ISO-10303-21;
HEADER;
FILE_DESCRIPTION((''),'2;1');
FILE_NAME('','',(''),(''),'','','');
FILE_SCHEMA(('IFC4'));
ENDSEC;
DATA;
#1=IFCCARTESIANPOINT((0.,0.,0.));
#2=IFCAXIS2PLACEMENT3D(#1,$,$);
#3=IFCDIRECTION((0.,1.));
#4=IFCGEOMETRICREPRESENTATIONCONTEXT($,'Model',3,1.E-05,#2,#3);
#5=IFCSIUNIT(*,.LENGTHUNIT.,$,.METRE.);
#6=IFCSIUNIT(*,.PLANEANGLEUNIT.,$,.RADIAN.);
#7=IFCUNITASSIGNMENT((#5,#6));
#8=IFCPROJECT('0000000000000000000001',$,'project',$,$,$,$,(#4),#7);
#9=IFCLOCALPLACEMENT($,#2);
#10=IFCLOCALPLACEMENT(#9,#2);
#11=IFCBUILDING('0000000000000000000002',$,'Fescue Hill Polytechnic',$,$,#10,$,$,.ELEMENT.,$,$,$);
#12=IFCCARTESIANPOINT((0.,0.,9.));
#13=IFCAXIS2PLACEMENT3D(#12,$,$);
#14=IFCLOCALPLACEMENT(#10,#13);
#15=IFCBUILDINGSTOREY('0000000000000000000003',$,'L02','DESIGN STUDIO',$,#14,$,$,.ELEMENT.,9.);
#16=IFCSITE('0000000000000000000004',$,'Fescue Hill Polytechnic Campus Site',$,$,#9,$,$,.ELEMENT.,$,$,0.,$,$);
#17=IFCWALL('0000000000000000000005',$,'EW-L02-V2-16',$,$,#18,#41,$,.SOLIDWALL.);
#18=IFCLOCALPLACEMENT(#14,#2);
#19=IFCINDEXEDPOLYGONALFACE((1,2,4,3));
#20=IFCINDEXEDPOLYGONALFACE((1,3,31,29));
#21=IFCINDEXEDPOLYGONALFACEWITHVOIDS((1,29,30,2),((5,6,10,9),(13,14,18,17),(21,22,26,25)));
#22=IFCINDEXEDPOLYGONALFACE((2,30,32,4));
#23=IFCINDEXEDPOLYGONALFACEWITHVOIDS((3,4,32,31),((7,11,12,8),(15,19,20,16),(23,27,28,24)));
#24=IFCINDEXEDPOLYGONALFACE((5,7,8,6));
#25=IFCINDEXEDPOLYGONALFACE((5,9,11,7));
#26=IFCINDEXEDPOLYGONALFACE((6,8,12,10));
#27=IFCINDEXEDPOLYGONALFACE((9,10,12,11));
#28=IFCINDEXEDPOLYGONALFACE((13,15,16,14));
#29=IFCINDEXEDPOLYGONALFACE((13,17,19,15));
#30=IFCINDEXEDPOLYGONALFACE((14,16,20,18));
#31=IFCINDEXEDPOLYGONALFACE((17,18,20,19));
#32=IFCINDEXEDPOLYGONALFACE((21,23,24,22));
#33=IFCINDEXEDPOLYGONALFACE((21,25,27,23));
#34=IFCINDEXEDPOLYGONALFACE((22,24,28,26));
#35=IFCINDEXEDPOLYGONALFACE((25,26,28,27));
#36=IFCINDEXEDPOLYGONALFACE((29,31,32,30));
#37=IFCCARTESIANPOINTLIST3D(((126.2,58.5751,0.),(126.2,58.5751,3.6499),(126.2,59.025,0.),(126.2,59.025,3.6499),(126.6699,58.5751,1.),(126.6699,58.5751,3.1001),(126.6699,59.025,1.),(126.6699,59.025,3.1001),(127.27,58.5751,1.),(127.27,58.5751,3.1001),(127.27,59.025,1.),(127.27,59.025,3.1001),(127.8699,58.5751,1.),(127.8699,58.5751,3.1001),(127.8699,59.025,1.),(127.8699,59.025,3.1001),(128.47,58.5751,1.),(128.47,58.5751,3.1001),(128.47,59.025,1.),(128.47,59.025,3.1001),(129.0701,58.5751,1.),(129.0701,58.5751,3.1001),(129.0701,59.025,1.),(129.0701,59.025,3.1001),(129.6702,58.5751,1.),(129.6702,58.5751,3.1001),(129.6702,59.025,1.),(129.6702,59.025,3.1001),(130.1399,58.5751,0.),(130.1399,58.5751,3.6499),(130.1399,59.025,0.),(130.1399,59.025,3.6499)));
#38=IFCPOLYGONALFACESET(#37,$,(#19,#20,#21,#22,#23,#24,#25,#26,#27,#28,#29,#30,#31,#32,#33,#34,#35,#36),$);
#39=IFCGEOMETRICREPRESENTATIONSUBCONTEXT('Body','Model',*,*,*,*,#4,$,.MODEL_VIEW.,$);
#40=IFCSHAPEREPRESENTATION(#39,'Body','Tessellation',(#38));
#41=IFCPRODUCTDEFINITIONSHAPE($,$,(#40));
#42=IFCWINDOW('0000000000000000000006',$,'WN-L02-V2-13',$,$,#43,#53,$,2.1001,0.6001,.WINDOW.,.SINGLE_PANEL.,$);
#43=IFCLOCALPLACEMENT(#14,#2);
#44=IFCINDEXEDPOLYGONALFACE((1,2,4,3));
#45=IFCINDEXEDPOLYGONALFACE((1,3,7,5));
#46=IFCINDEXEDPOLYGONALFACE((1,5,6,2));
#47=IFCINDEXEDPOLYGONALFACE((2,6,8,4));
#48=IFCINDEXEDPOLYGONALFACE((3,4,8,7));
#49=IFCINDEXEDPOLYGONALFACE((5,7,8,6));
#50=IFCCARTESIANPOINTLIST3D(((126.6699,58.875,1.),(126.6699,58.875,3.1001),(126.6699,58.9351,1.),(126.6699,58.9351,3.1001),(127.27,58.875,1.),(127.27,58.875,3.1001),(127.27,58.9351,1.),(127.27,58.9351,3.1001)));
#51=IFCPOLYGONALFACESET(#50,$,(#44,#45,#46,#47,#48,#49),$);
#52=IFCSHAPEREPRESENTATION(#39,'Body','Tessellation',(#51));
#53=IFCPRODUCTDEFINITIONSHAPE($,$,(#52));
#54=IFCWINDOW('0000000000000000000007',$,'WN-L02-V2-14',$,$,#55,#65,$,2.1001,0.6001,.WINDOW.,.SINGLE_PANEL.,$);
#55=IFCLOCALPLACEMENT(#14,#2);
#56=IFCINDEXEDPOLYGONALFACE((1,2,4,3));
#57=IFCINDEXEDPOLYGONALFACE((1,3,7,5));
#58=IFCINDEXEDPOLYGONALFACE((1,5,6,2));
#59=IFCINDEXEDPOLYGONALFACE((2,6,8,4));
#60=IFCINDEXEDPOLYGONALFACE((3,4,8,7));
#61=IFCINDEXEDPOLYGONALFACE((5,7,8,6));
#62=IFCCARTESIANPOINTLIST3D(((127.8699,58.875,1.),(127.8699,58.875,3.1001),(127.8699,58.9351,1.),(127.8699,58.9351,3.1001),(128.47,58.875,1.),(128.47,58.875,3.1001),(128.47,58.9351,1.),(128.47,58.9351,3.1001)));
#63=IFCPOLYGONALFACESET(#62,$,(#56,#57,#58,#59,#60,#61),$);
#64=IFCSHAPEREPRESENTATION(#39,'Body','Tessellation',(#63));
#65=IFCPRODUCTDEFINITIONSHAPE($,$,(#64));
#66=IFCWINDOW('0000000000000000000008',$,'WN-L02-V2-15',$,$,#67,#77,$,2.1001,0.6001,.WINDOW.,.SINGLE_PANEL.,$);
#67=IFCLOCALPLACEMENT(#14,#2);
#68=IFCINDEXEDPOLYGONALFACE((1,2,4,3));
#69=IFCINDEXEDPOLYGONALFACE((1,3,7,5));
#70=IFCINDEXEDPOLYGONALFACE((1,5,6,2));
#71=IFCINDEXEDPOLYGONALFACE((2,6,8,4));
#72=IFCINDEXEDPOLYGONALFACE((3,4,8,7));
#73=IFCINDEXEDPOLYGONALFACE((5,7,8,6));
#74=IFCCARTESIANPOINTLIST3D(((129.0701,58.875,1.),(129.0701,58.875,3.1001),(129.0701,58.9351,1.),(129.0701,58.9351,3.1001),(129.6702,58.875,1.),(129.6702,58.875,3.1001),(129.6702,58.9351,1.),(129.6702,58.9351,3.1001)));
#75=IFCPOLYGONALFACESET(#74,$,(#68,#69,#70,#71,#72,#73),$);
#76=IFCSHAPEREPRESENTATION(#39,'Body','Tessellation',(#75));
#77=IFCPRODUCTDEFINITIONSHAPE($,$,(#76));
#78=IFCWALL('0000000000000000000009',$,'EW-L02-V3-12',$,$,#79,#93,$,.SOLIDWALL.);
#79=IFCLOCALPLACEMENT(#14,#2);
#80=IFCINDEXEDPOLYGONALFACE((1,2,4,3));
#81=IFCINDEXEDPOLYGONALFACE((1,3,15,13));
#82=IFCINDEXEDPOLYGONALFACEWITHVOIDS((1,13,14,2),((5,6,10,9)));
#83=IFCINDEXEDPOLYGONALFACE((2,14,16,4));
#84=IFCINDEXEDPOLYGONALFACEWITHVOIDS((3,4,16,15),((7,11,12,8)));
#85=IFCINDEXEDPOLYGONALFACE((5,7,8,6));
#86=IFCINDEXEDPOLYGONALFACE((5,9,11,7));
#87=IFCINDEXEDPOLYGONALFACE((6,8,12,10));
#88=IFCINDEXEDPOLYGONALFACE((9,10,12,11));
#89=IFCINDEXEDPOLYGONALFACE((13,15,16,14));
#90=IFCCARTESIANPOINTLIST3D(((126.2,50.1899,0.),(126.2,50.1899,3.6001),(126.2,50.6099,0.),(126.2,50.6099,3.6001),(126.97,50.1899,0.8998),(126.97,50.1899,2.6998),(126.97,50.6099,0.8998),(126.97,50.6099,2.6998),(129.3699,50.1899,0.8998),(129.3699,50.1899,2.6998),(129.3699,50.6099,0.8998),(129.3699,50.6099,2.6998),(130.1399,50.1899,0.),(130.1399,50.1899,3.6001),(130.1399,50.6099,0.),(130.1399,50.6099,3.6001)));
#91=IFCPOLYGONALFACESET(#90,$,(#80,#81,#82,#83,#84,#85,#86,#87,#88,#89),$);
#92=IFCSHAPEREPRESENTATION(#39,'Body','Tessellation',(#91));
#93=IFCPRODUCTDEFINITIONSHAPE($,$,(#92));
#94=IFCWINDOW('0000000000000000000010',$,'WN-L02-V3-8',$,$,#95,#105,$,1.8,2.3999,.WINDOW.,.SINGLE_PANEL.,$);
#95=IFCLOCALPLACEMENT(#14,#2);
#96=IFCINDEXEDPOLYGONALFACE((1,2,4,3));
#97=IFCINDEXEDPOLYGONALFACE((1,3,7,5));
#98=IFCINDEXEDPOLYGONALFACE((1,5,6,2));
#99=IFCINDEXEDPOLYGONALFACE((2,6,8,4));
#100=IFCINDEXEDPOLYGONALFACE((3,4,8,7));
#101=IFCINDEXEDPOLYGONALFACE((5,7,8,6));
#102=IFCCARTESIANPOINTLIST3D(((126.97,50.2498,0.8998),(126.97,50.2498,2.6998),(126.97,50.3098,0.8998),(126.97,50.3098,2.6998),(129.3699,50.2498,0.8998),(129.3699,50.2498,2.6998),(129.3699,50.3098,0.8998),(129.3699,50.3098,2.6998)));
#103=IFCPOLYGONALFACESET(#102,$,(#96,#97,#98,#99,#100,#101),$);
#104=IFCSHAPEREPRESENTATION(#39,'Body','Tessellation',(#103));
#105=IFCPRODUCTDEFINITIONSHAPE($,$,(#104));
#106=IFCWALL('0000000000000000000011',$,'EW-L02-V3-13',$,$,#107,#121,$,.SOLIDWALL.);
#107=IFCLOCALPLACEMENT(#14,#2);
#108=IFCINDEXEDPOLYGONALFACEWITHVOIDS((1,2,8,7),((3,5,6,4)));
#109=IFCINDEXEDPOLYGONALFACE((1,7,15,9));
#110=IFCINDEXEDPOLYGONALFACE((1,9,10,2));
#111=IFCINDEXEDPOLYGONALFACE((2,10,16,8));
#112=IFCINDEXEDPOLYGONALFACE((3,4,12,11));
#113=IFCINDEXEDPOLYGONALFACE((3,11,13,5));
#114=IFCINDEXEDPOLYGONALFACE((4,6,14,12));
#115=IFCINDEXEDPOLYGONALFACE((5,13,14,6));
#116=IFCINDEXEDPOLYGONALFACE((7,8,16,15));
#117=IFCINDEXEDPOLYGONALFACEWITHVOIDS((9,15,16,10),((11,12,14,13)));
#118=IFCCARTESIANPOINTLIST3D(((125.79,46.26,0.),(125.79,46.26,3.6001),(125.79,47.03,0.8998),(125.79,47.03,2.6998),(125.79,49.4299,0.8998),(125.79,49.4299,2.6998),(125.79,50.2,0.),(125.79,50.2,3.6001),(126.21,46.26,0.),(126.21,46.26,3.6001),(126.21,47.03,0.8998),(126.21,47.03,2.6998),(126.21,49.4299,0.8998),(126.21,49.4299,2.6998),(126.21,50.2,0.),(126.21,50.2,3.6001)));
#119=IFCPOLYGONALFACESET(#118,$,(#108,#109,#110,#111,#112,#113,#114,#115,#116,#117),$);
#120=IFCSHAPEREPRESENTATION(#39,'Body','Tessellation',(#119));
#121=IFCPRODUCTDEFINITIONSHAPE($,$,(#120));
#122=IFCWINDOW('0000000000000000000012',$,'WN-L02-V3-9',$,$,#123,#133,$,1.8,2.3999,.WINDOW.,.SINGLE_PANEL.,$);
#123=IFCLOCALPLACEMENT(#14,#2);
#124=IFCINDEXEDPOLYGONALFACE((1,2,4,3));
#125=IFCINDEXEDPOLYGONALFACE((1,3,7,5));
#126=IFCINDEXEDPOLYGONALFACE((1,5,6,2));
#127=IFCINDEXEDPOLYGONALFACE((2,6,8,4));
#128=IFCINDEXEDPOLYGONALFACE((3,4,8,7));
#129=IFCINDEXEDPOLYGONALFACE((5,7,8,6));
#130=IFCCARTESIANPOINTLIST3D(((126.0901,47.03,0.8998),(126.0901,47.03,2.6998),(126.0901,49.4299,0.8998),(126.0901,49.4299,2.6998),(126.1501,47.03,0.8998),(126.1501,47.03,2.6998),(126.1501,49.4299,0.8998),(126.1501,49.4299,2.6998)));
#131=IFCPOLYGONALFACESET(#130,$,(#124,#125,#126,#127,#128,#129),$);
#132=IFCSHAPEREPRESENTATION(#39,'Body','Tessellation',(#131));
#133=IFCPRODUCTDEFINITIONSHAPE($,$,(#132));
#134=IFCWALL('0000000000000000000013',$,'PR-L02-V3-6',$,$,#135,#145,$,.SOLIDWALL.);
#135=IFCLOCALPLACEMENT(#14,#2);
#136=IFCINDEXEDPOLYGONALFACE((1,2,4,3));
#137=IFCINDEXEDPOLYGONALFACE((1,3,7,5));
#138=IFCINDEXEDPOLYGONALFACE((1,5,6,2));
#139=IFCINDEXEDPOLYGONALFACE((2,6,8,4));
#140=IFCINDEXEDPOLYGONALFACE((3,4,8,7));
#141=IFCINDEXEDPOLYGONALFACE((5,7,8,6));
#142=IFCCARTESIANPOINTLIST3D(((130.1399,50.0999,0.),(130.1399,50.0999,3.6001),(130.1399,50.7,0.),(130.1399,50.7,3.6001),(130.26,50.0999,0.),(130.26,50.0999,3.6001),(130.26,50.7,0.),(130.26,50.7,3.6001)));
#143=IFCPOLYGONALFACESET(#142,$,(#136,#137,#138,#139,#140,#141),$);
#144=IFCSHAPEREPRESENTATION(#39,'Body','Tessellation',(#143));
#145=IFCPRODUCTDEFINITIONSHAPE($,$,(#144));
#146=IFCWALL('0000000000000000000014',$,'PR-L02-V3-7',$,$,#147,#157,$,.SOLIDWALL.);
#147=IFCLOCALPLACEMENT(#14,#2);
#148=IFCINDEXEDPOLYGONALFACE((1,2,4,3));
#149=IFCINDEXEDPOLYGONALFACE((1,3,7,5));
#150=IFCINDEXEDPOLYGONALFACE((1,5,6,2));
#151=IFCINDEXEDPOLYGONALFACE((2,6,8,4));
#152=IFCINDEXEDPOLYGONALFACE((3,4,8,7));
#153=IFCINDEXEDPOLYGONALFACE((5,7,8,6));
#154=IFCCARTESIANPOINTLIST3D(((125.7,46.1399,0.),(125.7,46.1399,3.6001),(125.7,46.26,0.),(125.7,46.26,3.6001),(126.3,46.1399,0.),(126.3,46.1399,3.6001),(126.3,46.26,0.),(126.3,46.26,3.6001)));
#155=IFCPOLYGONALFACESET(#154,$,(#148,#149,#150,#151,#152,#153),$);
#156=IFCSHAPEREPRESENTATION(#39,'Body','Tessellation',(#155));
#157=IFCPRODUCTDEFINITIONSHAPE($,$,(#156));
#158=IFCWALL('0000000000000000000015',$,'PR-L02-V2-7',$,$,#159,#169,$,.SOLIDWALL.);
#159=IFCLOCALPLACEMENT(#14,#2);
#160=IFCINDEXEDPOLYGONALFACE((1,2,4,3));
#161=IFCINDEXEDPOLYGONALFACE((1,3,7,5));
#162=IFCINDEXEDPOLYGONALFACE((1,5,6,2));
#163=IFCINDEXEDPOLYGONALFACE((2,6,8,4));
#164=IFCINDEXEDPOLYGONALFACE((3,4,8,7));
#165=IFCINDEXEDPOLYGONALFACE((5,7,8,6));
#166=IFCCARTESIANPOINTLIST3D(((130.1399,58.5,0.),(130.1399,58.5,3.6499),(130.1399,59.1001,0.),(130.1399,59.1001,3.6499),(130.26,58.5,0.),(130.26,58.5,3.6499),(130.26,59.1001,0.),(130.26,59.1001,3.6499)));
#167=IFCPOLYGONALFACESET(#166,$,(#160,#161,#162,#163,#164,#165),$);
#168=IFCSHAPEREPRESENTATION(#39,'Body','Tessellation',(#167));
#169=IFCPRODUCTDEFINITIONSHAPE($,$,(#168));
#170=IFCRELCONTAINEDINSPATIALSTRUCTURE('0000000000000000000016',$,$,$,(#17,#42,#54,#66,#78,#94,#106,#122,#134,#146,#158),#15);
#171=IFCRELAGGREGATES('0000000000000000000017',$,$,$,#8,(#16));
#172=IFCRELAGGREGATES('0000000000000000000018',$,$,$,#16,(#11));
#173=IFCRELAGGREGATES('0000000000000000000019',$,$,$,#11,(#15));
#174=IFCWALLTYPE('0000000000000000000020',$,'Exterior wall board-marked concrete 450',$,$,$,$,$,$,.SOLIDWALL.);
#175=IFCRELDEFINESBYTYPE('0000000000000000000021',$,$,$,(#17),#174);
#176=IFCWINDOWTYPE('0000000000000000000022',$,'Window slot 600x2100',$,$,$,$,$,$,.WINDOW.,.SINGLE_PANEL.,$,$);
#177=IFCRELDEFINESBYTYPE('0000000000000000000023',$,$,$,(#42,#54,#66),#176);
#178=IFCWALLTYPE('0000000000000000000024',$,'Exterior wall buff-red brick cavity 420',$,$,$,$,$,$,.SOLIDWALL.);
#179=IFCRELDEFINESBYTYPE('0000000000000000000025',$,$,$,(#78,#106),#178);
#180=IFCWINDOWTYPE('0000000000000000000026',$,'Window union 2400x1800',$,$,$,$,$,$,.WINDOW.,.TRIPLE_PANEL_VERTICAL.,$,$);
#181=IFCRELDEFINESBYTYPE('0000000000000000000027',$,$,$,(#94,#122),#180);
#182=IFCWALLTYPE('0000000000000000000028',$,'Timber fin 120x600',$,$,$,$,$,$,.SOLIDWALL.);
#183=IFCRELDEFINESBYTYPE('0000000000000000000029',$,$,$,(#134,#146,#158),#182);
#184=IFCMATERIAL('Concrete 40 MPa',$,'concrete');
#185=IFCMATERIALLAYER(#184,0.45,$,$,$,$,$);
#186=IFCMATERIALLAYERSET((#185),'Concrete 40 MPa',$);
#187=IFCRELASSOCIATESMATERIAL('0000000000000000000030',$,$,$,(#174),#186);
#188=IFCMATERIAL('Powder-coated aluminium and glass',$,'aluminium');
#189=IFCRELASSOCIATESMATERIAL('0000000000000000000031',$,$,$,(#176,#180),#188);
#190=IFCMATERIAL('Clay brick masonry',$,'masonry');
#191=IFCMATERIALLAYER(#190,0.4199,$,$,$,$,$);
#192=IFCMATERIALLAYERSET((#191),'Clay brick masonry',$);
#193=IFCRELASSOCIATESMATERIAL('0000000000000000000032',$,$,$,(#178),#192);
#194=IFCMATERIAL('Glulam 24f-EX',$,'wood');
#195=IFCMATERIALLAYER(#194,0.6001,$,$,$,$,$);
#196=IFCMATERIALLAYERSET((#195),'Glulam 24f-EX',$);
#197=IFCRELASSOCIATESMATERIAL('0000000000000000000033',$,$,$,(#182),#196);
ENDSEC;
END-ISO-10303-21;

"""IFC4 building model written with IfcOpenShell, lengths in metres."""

from ifc_helpers import new_model, si_unit, direction, frame, frame_2d, origin, place, context, subcontext, project, spatial, rectangle, extrude, material, layer, layer_set, type_object, element, fill, save


model = new_model("IFC4")

# Units and contexts
model_context = context("Model", 3, precision=1e-05, world=origin(), true_north=direction((0.0, 1.0)))
body_context = subcontext(model_context, "Body", "Model", "MODEL_VIEW")
ifc_project = project(units=[si_unit("LENGTHUNIT", "METRE"), si_unit("PLANEANGLEUNIT", "RADIAN")], contexts=[model_context])

# Site, building, storey
site_placement = place(None, origin())
site = spatial("IfcSite", under=ifc_project, at=site_placement, Name="Fescue Hill Polytechnic Campus Site", CompositionType="ELEMENT", RefElevation=0.0)
building_placement = place(site_placement, origin())
building = spatial("IfcBuilding", under=site, at=building_placement, Name="Fescue Hill Polytechnic", CompositionType="ELEMENT")
storey_placement = place(building_placement, frame((0.0, 0.0, 9.0)))
storey = spatial("IfcBuildingStorey", under=building, at=storey_placement, Name="L02", Description="DESIGN STUDIO", CompositionType="ELEMENT", Elevation=9.0)

# Shared definitions
ifc_material_1 = material(Name="Concrete 40 MPa", Category="concrete")

# Wall, openings, windows
ifc_layer_1 = layer(ifc_material_1, 0.45)
ifc_layer_set_1 = layer_set([ifc_layer_1], Name="Concrete 40 MPa")
wall_type_1 = type_object("IfcWallType", Name="Exterior wall board-marked concrete 450", PredefinedType="SOLIDWALL", material=ifc_layer_set_1)
wall_1_placement = place(storey_placement, frame((126.2, 58.8, 0.0), z_axis=(0.0, 0.0, 1.0), x_axis=(1.0, 0.0, 0.0)))
wall_1 = element("IfcWall", 1, at=wall_1_placement, inside=storey, type_object=wall_type_1, Name="EW-L02-V2-16", PredefinedType="SOLIDWALL", context=body_context, shape_type="SweptSolid", body=[
    extrude(rectangle(XDim=3.9399, YDim=0.45, at=frame_2d((1.97, 0.0))), origin(), (0.0, 0.0, 1.0), 3.6499),
])
opening_1_placement = place(wall_1_placement, frame((0.47, 0.0, 1.0)))
opening_1 = element("IfcOpeningElement", 2, at=opening_1_placement, cuts=wall_1, PredefinedType="OPENING", context=body_context, shape_type="SweptSolid", body=[
    extrude(rectangle(XDim=0.6001, YDim=2.1001, at=frame_2d((0.3, 1.05))), frame((0.0, 0.2349, 0.0), z_axis=(0.0, -1.0, 0.0), x_axis=(1.0, 0.0, 0.0)), (0.0, 0.0, 1.0), 0.47),
])
opening_2_placement = place(wall_1_placement, frame((1.6699, 0.0, 1.0)))
opening_2 = element("IfcOpeningElement", 3, at=opening_2_placement, cuts=wall_1, PredefinedType="OPENING", context=body_context, shape_type="SweptSolid", body=[
    extrude(rectangle(XDim=0.6001, YDim=2.1001, at=frame_2d((0.3, 1.05))), frame((0.0, 0.2349, 0.0), z_axis=(0.0, -1.0, 0.0), x_axis=(1.0, 0.0, 0.0)), (0.0, 0.0, 1.0), 0.47),
])
opening_3_placement = place(wall_1_placement, frame((2.8701, 0.0, 1.0)))
opening_3 = element("IfcOpeningElement", 4, at=opening_3_placement, cuts=wall_1, PredefinedType="OPENING", context=body_context, shape_type="SweptSolid", body=[
    extrude(rectangle(XDim=0.6001, YDim=2.1001, at=frame_2d((0.3, 1.05))), frame((0.0, 0.2349, 0.0), z_axis=(0.0, -1.0, 0.0), x_axis=(1.0, 0.0, 0.0)), (0.0, 0.0, 1.0), 0.47),
])
ifc_material_2 = material(Name="Powder-coated aluminium and glass", Category="aluminium")
window_type_1 = type_object("IfcWindowType", Name="Window slot 600x2100", PartitioningType="SINGLE_PANEL", PredefinedType="WINDOW", material=ifc_material_2)
window_1_placement = place(opening_1_placement, origin())
window_1 = element("IfcWindow", 5, at=window_1_placement, inside=storey, type_object=window_type_1, Name="WN-L02-V2-13", OverallHeight=2.1001, OverallWidth=0.6001, PartitioningType="SINGLE_PANEL", PredefinedType="WINDOW", context=body_context, shape_type="SweptSolid", body=[
    extrude(rectangle(XDim=0.6001, YDim=2.1001, at=frame_2d((0.3, 1.05))), frame((0.0, 0.135, 0.0), z_axis=(0.0, -1.0, 0.0), x_axis=(1.0, 0.0, 0.0)), (0.0, 0.0, 1.0), 0.0601),
])
fill(opening_1, window_1)
window_2_placement = place(opening_2_placement, origin())
window_2 = element("IfcWindow", 6, at=window_2_placement, inside=storey, type_object=window_type_1, Name="WN-L02-V2-14", OverallHeight=2.1001, OverallWidth=0.6001, PartitioningType="SINGLE_PANEL", PredefinedType="WINDOW", context=body_context, shape_type="SweptSolid", body=[
    extrude(rectangle(XDim=0.6001, YDim=2.1001, at=frame_2d((0.3, 1.05))), frame((0.0, 0.135, 0.0), z_axis=(0.0, -1.0, 0.0), x_axis=(1.0, 0.0, 0.0)), (0.0, 0.0, 1.0), 0.0601),
])
fill(opening_2, window_2)
window_3_placement = place(opening_3_placement, origin())
window_3 = element("IfcWindow", 7, at=window_3_placement, inside=storey, type_object=window_type_1, Name="WN-L02-V2-15", OverallHeight=2.1001, OverallWidth=0.6001, PartitioningType="SINGLE_PANEL", PredefinedType="WINDOW", context=body_context, shape_type="SweptSolid", body=[
    extrude(rectangle(XDim=0.6001, YDim=2.1001, at=frame_2d((0.3, 1.05))), frame((0.0, 0.135, 0.0), z_axis=(0.0, -1.0, 0.0), x_axis=(1.0, 0.0, 0.0)), (0.0, 0.0, 1.0), 0.0601),
])
fill(opening_3, window_3)

# Walls, openings, windows
ifc_material_3 = material(Name="Clay brick masonry", Category="masonry")
ifc_layer_2 = layer(ifc_material_3, 0.4199)
ifc_layer_set_2 = layer_set([ifc_layer_2], Name="Clay brick masonry")
wall_type_2 = type_object("IfcWallType", Name="Exterior wall buff-red brick cavity 420", PredefinedType="SOLIDWALL", material=ifc_layer_set_2)
wall_2_placement = place(storey_placement, frame((130.1399, 50.3999, 0.0), z_axis=(0.0, 0.0, 1.0), x_axis=(-1.0, 0.0, 0.0)))
wall_2 = element("IfcWall", 8, at=wall_2_placement, inside=storey, type_object=wall_type_2, Name="EW-L02-V3-12", PredefinedType="SOLIDWALL", context=body_context, shape_type="SweptSolid", body=[
    extrude(rectangle(XDim=3.9399, YDim=0.4199, at=frame_2d((1.97, 0.0))), origin(), (0.0, 0.0, 1.0), 3.6001),
])
opening_4_placement = place(wall_2_placement, frame((0.77, 0.0, 0.8999)))
opening_4 = element("IfcOpeningElement", 9, at=opening_4_placement, cuts=wall_2, PredefinedType="OPENING", context=body_context, shape_type="SweptSolid", body=[
    extrude(rectangle(XDim=2.3999, YDim=1.8, at=frame_2d((1.2, 0.8999))), frame((0.0, 0.22, 0.0), z_axis=(0.0, -1.0, 0.0), x_axis=(1.0, 0.0, 0.0)), (0.0, 0.0, 1.0), 0.4399),
])
window_type_2 = type_object("IfcWindowType", Name="Window union 2400x1800", PartitioningType="TRIPLE_PANEL_VERTICAL", PredefinedType="WINDOW", material=ifc_material_2)
window_4_placement = place(opening_4_placement, origin())
window_4 = element("IfcWindow", 10, at=window_4_placement, inside=storey, type_object=window_type_2, Name="WN-L02-V3-8", OverallHeight=1.8, OverallWidth=2.3999, PartitioningType="SINGLE_PANEL", PredefinedType="WINDOW", context=body_context, shape_type="SweptSolid", body=[
    extrude(rectangle(XDim=2.3999, YDim=1.8, at=frame_2d((1.2, 0.8999))), frame((0.0, 0.1501, 0.0), z_axis=(0.0, -1.0, 0.0), x_axis=(1.0, 0.0, 0.0)), (0.0, 0.0, 1.0), 0.0601),
])
fill(opening_4, window_4)
wall_3_placement = place(storey_placement, frame((126.0, 50.2, 0.0), z_axis=(0.0, 0.0, 1.0), x_axis=(0.0, -1.0, 0.0)))
wall_3 = element("IfcWall", 11, at=wall_3_placement, inside=storey, type_object=wall_type_2, Name="EW-L02-V3-13", PredefinedType="SOLIDWALL", context=body_context, shape_type="SweptSolid", body=[
    extrude(rectangle(XDim=3.9399, YDim=0.4199, at=frame_2d((1.97, 0.0))), origin(), (0.0, 0.0, 1.0), 3.6001),
])
opening_5_placement = place(wall_3_placement, frame((0.77, 0.0, 0.8999)))
opening_5 = element("IfcOpeningElement", 12, at=opening_5_placement, cuts=wall_3, PredefinedType="OPENING", context=body_context, shape_type="SweptSolid", body=[
    extrude(rectangle(XDim=2.3999, YDim=1.8, at=frame_2d((1.2, 0.8999))), frame((0.0, 0.22, 0.0), z_axis=(0.0, -1.0, 0.0), x_axis=(1.0, 0.0, 0.0)), (0.0, 0.0, 1.0), 0.4399),
])
window_5_placement = place(opening_5_placement, origin())
window_5 = element("IfcWindow", 13, at=window_5_placement, inside=storey, type_object=window_type_2, Name="WN-L02-V3-9", OverallHeight=1.8, OverallWidth=2.3999, PartitioningType="SINGLE_PANEL", PredefinedType="WINDOW", context=body_context, shape_type="SweptSolid", body=[
    extrude(rectangle(XDim=2.3999, YDim=1.8, at=frame_2d((1.2, 0.8999))), frame((0.0, 0.1501, 0.0), z_axis=(0.0, -1.0, 0.0), x_axis=(1.0, 0.0, 0.0)), (0.0, 0.0, 1.0), 0.0601),
])
fill(opening_5, window_5)

# Walls
ifc_material_4 = material(Name="Glulam 24f-EX", Category="wood")
ifc_layer_3 = layer(ifc_material_4, 0.6001)
ifc_layer_set_3 = layer_set([ifc_layer_3], Name="Glulam 24f-EX")
wall_type_3 = type_object("IfcWallType", Name="Timber fin 120x600", PredefinedType="SOLIDWALL", material=ifc_layer_set_3)
for number, where, z_axis, x_axis, name in (
    (14, (130.26, 50.3999, 0.0), (0.0, 0.0, 1.0), (-1.0, 0.0, 0.0), "PR-L02-V3-6"),
    (15, (126.0, 46.26, 0.0), (0.0, 0.0, 1.0), (0.0, -1.0, 0.0), "PR-L02-V3-7"),
):
    element("IfcWall", number, at=place(storey_placement, frame(where, z_axis=z_axis, x_axis=x_axis)), inside=storey, type_object=wall_type_3, Name=name, PredefinedType="SOLIDWALL", context=body_context, shape_type="SweptSolid", body=[
        extrude(rectangle(XDim=0.1201, YDim=0.6001, at=frame_2d((0.0601, 0.0))), origin(), (0.0, 0.0, 1.0), 3.6001),
    ])
wall_4_placement = place(storey_placement, frame((130.1399, 58.8, 0.0), z_axis=(0.0, 0.0, 1.0), x_axis=(1.0, 0.0, 0.0)))
element("IfcWall", 16, at=wall_4_placement, inside=storey, type_object=wall_type_3, Name="PR-L02-V2-7", PredefinedType="SOLIDWALL", context=body_context, shape_type="SweptSolid", body=[
    extrude(rectangle(XDim=0.1201, YDim=0.6001, at=frame_2d((0.0601, 0.0))), origin(), (0.0, 0.0, 1.0), 3.6499),
])

save(model, "model.ifc")
